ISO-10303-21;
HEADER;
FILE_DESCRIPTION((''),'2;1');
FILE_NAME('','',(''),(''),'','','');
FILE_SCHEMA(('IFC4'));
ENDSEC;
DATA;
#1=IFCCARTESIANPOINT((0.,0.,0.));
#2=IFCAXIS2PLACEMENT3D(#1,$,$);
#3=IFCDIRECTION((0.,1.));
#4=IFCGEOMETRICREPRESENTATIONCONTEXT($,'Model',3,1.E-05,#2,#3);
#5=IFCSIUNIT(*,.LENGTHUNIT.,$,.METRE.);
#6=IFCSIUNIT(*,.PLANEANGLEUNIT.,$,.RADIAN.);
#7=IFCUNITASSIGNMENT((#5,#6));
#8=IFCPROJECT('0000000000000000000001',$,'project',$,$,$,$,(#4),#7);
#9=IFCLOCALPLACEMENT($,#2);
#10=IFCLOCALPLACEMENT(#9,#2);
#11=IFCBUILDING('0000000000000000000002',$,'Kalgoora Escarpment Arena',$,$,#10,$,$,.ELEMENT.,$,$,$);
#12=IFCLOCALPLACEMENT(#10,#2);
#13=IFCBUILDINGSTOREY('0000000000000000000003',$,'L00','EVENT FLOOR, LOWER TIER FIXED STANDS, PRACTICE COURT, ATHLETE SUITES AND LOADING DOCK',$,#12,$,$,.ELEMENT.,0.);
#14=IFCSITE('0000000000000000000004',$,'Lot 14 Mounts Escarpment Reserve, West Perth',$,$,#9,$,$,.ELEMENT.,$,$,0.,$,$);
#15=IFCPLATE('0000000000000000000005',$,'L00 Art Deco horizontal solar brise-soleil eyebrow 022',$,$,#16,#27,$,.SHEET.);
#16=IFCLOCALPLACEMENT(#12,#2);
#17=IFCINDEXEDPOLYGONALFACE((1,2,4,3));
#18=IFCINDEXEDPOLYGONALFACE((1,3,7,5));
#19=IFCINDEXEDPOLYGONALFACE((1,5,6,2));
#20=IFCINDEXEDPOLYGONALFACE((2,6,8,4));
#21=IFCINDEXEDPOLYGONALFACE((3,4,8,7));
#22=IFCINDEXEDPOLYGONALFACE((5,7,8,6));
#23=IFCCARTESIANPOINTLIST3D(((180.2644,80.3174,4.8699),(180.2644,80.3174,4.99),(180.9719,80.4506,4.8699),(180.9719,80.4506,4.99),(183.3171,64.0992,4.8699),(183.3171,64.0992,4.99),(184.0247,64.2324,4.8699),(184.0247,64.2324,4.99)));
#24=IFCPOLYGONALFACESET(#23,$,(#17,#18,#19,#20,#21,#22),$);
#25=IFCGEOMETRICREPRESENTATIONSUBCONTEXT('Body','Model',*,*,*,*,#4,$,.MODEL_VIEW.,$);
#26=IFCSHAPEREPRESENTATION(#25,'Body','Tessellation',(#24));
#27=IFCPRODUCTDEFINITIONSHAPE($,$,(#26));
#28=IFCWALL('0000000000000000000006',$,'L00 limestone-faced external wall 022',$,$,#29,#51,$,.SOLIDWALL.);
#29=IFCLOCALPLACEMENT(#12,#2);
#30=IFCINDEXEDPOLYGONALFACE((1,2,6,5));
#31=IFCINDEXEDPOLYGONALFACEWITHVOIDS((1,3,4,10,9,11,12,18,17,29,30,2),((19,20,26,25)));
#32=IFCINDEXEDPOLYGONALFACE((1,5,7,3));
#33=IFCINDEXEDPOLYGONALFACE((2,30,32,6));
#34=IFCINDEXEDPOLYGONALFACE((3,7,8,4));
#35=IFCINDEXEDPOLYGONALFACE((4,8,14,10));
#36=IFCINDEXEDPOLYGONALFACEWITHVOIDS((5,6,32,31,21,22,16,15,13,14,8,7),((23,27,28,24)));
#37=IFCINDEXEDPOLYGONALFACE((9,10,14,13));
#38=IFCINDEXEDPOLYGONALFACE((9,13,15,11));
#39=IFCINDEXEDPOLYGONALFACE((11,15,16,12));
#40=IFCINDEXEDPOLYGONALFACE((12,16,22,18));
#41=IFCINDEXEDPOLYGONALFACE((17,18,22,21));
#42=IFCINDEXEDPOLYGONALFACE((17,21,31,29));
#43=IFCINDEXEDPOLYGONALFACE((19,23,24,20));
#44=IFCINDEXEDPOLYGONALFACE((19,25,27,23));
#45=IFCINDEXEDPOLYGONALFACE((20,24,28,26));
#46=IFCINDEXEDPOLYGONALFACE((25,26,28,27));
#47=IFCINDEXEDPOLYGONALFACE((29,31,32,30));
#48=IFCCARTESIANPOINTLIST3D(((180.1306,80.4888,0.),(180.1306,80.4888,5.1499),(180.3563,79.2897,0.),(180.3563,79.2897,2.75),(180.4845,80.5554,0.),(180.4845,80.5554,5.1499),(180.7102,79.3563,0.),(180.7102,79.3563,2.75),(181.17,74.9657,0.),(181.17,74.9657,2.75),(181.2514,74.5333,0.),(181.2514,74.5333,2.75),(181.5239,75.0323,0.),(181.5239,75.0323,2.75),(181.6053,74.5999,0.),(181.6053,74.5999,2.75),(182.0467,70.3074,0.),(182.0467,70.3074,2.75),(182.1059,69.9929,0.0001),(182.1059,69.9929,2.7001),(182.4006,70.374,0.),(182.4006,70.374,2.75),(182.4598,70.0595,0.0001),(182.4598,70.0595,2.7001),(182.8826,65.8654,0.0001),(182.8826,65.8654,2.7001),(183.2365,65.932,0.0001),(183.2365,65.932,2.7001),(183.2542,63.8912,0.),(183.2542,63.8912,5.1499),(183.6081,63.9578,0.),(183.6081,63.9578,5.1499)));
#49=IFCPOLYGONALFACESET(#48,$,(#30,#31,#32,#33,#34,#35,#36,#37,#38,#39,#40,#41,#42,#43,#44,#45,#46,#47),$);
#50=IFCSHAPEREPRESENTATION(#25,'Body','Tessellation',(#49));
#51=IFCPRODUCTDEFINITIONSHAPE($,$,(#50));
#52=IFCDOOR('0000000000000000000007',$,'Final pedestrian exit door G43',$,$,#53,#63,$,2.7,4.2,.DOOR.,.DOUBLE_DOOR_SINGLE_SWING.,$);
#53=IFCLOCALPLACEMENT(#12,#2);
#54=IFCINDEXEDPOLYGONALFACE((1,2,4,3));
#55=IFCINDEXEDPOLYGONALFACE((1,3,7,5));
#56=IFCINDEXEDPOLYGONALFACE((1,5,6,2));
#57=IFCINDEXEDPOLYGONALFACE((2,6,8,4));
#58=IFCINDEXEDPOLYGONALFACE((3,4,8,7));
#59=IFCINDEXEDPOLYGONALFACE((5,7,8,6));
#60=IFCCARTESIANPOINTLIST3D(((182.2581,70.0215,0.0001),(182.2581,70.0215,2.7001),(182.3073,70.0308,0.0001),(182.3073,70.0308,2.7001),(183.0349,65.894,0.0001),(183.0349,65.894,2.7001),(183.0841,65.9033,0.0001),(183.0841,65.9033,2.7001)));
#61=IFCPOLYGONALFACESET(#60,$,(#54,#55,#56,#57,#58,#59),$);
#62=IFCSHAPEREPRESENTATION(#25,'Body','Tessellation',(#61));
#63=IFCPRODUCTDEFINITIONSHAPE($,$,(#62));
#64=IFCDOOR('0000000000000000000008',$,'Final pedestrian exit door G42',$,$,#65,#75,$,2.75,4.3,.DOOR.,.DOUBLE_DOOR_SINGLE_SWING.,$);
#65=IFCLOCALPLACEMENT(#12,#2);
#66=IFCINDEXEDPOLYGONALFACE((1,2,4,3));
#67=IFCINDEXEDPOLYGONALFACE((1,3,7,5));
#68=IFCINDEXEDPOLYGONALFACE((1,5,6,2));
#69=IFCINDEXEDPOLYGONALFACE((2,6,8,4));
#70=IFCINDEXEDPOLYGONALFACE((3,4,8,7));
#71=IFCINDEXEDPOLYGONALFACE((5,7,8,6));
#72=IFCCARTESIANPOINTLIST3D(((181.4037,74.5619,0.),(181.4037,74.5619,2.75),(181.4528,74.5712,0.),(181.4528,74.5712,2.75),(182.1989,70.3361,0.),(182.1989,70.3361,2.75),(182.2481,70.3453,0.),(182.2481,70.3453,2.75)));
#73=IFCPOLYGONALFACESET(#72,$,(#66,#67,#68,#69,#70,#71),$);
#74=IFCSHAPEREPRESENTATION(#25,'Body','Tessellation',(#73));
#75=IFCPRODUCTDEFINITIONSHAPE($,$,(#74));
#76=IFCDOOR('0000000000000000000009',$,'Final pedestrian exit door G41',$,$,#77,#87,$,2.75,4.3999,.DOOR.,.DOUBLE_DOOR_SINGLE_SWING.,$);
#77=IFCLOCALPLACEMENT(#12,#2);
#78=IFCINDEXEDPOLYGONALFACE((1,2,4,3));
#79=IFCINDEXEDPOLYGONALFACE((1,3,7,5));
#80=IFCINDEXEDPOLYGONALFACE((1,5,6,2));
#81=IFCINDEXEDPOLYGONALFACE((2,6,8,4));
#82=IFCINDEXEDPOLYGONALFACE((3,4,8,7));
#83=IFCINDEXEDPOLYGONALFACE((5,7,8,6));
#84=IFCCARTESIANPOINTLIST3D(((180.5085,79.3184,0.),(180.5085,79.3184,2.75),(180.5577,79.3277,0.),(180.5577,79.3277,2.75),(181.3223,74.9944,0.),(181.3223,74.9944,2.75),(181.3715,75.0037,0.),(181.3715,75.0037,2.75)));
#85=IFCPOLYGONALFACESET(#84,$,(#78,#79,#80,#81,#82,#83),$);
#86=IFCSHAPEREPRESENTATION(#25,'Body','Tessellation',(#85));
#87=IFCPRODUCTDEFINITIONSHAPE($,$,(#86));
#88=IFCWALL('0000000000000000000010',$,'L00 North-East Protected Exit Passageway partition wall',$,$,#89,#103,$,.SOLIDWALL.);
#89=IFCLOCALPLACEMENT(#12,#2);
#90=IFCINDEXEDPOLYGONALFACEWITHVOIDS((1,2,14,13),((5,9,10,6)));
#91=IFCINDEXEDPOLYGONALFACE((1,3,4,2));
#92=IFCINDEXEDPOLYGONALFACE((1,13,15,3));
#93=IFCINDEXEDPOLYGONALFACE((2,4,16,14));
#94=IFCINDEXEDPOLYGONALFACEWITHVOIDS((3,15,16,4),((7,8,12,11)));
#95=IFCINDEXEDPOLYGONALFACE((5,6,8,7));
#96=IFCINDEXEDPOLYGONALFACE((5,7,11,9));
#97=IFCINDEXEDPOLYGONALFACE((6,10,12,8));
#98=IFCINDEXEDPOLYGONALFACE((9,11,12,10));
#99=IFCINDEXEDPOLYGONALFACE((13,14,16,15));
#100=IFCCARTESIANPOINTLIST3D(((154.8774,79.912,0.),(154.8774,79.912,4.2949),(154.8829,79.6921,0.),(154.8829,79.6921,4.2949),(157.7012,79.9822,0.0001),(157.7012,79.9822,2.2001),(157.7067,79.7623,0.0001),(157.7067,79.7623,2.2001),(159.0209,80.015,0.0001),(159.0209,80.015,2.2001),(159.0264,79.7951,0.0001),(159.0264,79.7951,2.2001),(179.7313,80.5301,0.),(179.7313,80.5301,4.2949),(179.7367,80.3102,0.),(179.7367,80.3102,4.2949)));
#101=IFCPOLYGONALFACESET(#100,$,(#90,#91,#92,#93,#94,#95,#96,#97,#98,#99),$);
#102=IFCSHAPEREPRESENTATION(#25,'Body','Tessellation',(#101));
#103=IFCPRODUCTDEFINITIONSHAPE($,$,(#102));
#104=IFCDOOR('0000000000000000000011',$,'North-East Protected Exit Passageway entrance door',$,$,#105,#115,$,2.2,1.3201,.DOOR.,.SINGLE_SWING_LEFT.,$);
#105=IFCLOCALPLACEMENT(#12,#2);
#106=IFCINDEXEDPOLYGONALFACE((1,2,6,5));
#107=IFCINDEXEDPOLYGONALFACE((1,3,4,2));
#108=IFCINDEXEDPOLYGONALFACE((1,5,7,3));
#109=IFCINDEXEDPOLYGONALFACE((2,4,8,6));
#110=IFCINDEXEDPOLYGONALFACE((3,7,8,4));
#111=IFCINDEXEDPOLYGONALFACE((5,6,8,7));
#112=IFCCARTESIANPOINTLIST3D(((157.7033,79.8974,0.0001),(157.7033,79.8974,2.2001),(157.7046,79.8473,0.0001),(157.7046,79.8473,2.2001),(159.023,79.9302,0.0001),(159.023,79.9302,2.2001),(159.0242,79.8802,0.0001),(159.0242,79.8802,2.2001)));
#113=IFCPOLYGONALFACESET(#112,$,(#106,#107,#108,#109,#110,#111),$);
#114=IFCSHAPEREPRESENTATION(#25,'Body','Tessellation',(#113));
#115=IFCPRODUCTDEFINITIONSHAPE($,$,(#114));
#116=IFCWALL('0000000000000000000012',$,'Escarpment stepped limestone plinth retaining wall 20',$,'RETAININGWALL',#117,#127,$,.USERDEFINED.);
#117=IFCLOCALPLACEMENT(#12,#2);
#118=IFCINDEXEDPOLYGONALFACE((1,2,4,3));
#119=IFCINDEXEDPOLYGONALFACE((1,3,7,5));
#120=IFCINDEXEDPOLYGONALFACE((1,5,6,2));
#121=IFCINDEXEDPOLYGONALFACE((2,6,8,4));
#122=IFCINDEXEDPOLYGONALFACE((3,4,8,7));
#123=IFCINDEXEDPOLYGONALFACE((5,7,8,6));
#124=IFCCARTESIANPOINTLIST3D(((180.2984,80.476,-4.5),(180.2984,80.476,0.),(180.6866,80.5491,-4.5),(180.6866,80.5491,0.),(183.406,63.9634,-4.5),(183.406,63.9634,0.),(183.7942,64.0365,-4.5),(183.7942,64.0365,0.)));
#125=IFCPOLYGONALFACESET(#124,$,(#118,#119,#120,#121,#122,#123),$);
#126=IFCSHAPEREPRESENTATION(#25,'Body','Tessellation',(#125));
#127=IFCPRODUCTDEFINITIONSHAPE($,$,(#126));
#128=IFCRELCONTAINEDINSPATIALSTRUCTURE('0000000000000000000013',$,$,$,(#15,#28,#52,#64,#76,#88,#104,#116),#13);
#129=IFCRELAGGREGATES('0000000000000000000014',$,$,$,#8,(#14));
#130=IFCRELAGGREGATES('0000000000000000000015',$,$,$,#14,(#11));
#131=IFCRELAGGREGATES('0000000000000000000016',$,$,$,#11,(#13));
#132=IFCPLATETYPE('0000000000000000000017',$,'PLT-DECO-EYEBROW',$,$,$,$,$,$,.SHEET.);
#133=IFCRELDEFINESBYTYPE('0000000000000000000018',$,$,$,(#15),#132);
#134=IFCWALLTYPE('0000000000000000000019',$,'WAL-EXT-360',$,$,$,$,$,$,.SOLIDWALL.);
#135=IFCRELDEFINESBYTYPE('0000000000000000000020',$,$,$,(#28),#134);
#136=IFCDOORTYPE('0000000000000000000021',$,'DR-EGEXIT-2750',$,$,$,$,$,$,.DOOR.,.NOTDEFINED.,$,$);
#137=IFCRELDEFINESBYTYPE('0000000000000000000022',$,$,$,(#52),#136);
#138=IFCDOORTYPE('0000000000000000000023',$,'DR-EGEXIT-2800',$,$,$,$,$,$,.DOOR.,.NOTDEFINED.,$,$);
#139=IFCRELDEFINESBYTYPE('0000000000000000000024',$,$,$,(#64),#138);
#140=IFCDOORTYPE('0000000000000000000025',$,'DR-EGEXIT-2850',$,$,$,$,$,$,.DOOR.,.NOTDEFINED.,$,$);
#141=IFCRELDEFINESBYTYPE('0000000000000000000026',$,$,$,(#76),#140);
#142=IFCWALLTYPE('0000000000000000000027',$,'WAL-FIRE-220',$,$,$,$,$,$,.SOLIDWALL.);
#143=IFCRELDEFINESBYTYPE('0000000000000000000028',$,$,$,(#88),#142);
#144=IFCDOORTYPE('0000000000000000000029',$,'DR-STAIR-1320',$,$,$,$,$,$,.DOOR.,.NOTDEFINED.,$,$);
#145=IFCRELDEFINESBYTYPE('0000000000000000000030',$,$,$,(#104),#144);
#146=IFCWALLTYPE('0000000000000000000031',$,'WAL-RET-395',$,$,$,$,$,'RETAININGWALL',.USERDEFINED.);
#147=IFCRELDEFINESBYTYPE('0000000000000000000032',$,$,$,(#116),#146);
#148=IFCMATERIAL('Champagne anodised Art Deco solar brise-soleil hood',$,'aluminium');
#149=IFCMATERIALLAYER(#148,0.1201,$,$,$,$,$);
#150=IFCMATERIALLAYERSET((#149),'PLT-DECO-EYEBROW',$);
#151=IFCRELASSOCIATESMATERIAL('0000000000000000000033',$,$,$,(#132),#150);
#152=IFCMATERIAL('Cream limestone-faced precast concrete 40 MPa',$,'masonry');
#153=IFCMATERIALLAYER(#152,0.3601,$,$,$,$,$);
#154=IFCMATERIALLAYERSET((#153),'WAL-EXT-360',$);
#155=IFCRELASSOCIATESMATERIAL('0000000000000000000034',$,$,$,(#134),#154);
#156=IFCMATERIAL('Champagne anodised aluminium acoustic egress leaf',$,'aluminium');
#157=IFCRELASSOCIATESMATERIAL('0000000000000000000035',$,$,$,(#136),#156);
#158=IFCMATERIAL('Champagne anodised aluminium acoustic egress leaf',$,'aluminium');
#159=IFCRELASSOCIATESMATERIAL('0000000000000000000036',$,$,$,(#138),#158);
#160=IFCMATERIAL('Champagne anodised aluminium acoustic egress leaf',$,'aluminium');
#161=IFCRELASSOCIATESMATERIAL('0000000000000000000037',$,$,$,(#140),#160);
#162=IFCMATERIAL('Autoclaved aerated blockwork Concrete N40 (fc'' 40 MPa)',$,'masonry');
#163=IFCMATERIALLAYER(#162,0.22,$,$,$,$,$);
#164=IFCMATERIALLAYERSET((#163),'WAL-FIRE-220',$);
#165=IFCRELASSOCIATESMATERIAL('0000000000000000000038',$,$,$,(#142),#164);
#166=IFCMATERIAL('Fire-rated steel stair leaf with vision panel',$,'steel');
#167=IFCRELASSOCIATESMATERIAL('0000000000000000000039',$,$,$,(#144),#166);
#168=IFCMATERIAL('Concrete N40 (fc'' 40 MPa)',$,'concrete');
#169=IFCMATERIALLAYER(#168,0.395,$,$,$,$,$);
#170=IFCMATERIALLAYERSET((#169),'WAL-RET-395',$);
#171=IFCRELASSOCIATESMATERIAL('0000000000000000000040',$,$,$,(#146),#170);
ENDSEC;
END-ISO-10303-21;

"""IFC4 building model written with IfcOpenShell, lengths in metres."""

from ifc_helpers import new_model, si_unit, direction, frame, frame_2d, origin, origin_2d, place, context, subcontext, project, spatial, rectangle, extrude, material, layer, layer_set, type_object, element, fill, save


model = new_model("IFC4")

# Units and contexts
model_context = context("Model", 3, precision=1e-05, world=origin(), true_north=direction((0.0, 1.0)))
body_context = subcontext(model_context, "Body", "Model", "MODEL_VIEW")
ifc_project = project(units=[si_unit("LENGTHUNIT", "METRE"), si_unit("PLANEANGLEUNIT", "RADIAN")], contexts=[model_context])

# Site, building, storey
site_placement = place(None, origin())
site = spatial("IfcSite", under=ifc_project, at=site_placement, Name="Lot 14 Mounts Escarpment Reserve, West Perth", CompositionType="ELEMENT", RefElevation=0.0)
building_placement = place(site_placement, origin())
building = spatial("IfcBuilding", under=site, at=building_placement, Name="Kalgoora Escarpment Arena", CompositionType="ELEMENT")
storey_placement = place(building_placement, origin())
storey = spatial("IfcBuildingStorey", under=building, at=storey_placement, Name="L00", Description="EVENT FLOOR, LOWER TIER FIXED STANDS, PRACTICE COURT, ATHLETE SUITES AND LOADING DOCK", CompositionType="ELEMENT", Elevation=0.0)

# Plate
ifc_material_1 = material(Name="Champagne anodised Art Deco solar brise-soleil hood", Category="aluminium")
ifc_layer_1 = layer(ifc_material_1, 0.1201)
ifc_layer_set_1 = layer_set([ifc_layer_1], Name="PLT-DECO-EYEBROW")
plate_type = type_object("IfcPlateType", Name="PLT-DECO-EYEBROW", PredefinedType="SHEET", material=ifc_layer_set_1)
plate_placement = place(storey_placement, frame((182.1445, 72.2749, 4.8699), z_axis=(0.0, 0.0, 1.0), x_axis=(0.184981, -0.982742, 0.0)))
element("IfcPlate", 1, at=plate_placement, inside=storey, type_object=plate_type, Name="L00 Art Deco horizontal solar brise-soleil eyebrow 022", PredefinedType="SHEET", context=body_context, shape_type="SweptSolid", body=[
    extrude(rectangle(XDim=16.5029, YDim=0.72, at=origin_2d()), origin(), (0.0, 0.0, 1.0), 0.1201),
])

# Wall, openings, doors
ifc_material_2 = material(Name="Cream limestone-faced precast concrete 40 MPa", Category="masonry")
ifc_layer_2 = layer(ifc_material_2, 0.3601)
ifc_layer_set_2 = layer_set([ifc_layer_2], Name="WAL-EXT-360")
wall_type_1 = type_object("IfcWallType", Name="WAL-EXT-360", PredefinedType="SOLIDWALL", material=ifc_layer_set_2)
wall_1_placement = place(storey_placement, frame((180.3076, 80.522, 0.0), z_axis=(0.0, 0.0, 1.0), x_axis=(0.184945, -0.982749, 0.0)))
wall_1 = element("IfcWall", 2, at=wall_1_placement, inside=storey, type_object=wall_type_1, Name="L00 limestone-faced external wall 022", PredefinedType="SOLIDWALL", context=body_context, shape_type="SweptSolid", body=[
    extrude(rectangle(XDim=16.8889, YDim=0.3601, at=frame_2d((8.4443, 0.0))), origin(), (0.0, 0.0, 1.0), 5.1499),
])
opening_1_placement = place(wall_1_placement, frame((1.22, 0.0, 0.0)))
opening_1 = element("IfcOpeningElement", 3, at=opening_1_placement, cuts=wall_1, PredefinedType="OPENING", context=body_context, shape_type="SweptSolid", body=[
    extrude(rectangle(XDim=4.3999, YDim=2.75, at=frame_2d((2.2, 1.375))), frame((0.0, 0.1899, 0.0), z_axis=(0.0, -1.0, 0.0), x_axis=(1.0, 0.0, 0.0)), (0.0, 0.0, 1.0), 0.3801),
])
opening_2_placement = place(wall_1_placement, frame((6.0601, 0.0, 0.0)))
opening_2 = element("IfcOpeningElement", 4, at=opening_2_placement, cuts=wall_1, PredefinedType="OPENING", context=body_context, shape_type="SweptSolid", body=[
    extrude(rectangle(XDim=4.3, YDim=2.75, at=frame_2d((2.1499, 1.375))), frame((0.0, 0.1899, 0.0), z_axis=(0.0, -1.0, 0.0), x_axis=(1.0, 0.0, 0.0)), (0.0, 0.0, 1.0), 0.3801),
])
opening_3_placement = place(wall_1_placement, frame((10.6799, 0.0, 0.0)))
opening_3 = element("IfcOpeningElement", 5, at=opening_3_placement, cuts=wall_1, PredefinedType="OPENING", context=body_context, shape_type="SweptSolid", body=[
    extrude(rectangle(XDim=4.2, YDim=2.7, at=frame_2d((2.1001, 1.3501))), frame((0.0, 0.1899, 0.0), z_axis=(0.0, -1.0, 0.0), x_axis=(1.0, 0.0, 0.0)), (0.0, 0.0, 1.0), 0.3801),
])
ifc_material_3 = material(Name="Champagne anodised aluminium acoustic egress leaf", Category="aluminium")
door_type_1 = type_object("IfcDoorType", Name="DR-EGEXIT-2750", OperationType="NOTDEFINED", PredefinedType="DOOR", material=ifc_material_3)
door_1_placement = place(opening_3_placement, origin())
door_1 = element("IfcDoor", 6, at=door_1_placement, inside=storey, type_object=door_type_1, Name="Final pedestrian exit door G43", OperationType="DOUBLE_DOOR_SINGLE_SWING", OverallHeight=2.7, OverallWidth=4.2, PredefinedType="DOOR", context=body_context, shape_type="SweptSolid", body=[
    extrude(rectangle(XDim=4.2, YDim=2.7, at=frame_2d((2.1001, 1.3501))), frame((0.0, 0.0249, 0.0), z_axis=(0.0, -1.0, 0.0), x_axis=(1.0, 0.0, 0.0)), (0.0, 0.0, 1.0), 0.05),
])
fill(opening_3, door_1)
ifc_material_4 = material(Name="Champagne anodised aluminium acoustic egress leaf", Category="aluminium")
door_type_2 = type_object("IfcDoorType", Name="DR-EGEXIT-2800", OperationType="NOTDEFINED", PredefinedType="DOOR", material=ifc_material_4)
door_2_placement = place(opening_2_placement, origin())
door_2 = element("IfcDoor", 7, at=door_2_placement, inside=storey, type_object=door_type_2, Name="Final pedestrian exit door G42", OperationType="DOUBLE_DOOR_SINGLE_SWING", OverallHeight=2.75, OverallWidth=4.3, PredefinedType="DOOR", context=body_context, shape_type="SweptSolid", body=[
    extrude(rectangle(XDim=4.3, YDim=2.75, at=frame_2d((2.1499, 1.375))), frame((0.0, 0.0249, 0.0), z_axis=(0.0, -1.0, 0.0), x_axis=(1.0, 0.0, 0.0)), (0.0, 0.0, 1.0), 0.05),
])
fill(opening_2, door_2)
ifc_material_5 = material(Name="Champagne anodised aluminium acoustic egress leaf", Category="aluminium")
door_type_3 = type_object("IfcDoorType", Name="DR-EGEXIT-2850", OperationType="NOTDEFINED", PredefinedType="DOOR", material=ifc_material_5)
door_3_placement = place(opening_1_placement, origin())
door_3 = element("IfcDoor", 8, at=door_3_placement, inside=storey, type_object=door_type_3, Name="Final pedestrian exit door G41", OperationType="DOUBLE_DOOR_SINGLE_SWING", OverallHeight=2.75, OverallWidth=4.3999, PredefinedType="DOOR", context=body_context, shape_type="SweptSolid", body=[
    extrude(rectangle(XDim=4.3999, YDim=2.75, at=frame_2d((2.2, 1.375))), frame((0.0, 0.0249, 0.0), z_axis=(0.0, -1.0, 0.0), x_axis=(1.0, 0.0, 0.0)), (0.0, 0.0, 1.0), 0.05),
])
fill(opening_1, door_3)

# Wall, opening, door
ifc_material_6 = material(Name="Autoclaved aerated blockwork Concrete N40 (fc' 40 MPa)", Category="masonry")
ifc_layer_3 = layer(ifc_material_6, 0.22)
ifc_layer_set_3 = layer_set([ifc_layer_3], Name="WAL-FIRE-220")
wall_type_2 = type_object("IfcWallType", Name="WAL-FIRE-220", PredefinedType="SOLIDWALL", material=ifc_layer_set_3)
wall_2_placement = place(storey_placement, frame((179.7339, 80.4202, 0.0), z_axis=(0.0, 0.0, 1.0), x_axis=(-0.999691, -0.024864, 0.0)))
wall_2 = element("IfcWall", 9, at=wall_2_placement, inside=storey, type_object=wall_type_2, Name="L00 North-East Protected Exit Passageway partition wall", PredefinedType="SOLIDWALL", context=body_context, shape_type="SweptSolid", body=[
    extrude(rectangle(XDim=24.8616, YDim=0.22, at=frame_2d((12.4307, 0.0))), origin(), (0.0, 0.0, 1.0), 4.2949),
])
opening_4_placement = place(wall_2_placement, frame((20.7166, 0.0, 0.0)))
opening_4 = element("IfcOpeningElement", 10, at=opening_4_placement, cuts=wall_2, PredefinedType="OPENING", context=body_context, shape_type="SweptSolid", body=[
    extrude(rectangle(XDim=1.3201, YDim=2.2, at=frame_2d((0.6602, 1.1001))), frame((0.0, 0.1199, 0.0), z_axis=(0.0, -1.0, 0.0), x_axis=(1.0, 0.0, 0.0)), (0.0, 0.0, 1.0), 0.24),
])
ifc_material_7 = material(Name="Fire-rated steel stair leaf with vision panel", Category="steel")
door_type_4 = type_object("IfcDoorType", Name="DR-STAIR-1320", OperationType="NOTDEFINED", PredefinedType="DOOR", material=ifc_material_7)
door_4_placement = place(opening_4_placement, origin())
door_4 = element("IfcDoor", 11, at=door_4_placement, inside=storey, type_object=door_type_4, Name="North-East Protected Exit Passageway entrance door", OperationType="SINGLE_SWING_LEFT", OverallHeight=2.2, OverallWidth=1.3201, PredefinedType="DOOR", context=body_context, shape_type="SweptSolid", body=[
    extrude(rectangle(XDim=1.3201, YDim=2.2, at=frame_2d((0.6602, 1.1001))), frame((0.0, 0.0249, 0.0), z_axis=(0.0, -1.0, 0.0), x_axis=(1.0, 0.0, 0.0)), (0.0, 0.0, 1.0), 0.05),
])
fill(opening_4, door_4)

# Wall
ifc_material_8 = material(Name="Concrete N40 (fc' 40 MPa)", Category="concrete")
ifc_layer_4 = layer(ifc_material_8, 0.395)
ifc_layer_set_4 = layer_set([ifc_layer_4], Name="WAL-RET-395")
wall_type_3 = type_object("IfcWallType", Name="WAL-RET-395", ElementType="RETAININGWALL", PredefinedType="USERDEFINED", material=ifc_layer_set_4)
wall_3_placement = place(storey_placement, frame((180.4924, 80.5127, -4.5), z_axis=(0.0, 0.0, 1.0), x_axis=(0.184952, -0.982748, 0.0)))
element("IfcWall", 12, at=wall_3_placement, inside=storey, type_object=wall_type_3, Name="Escarpment stepped limestone plinth retaining wall 20", ObjectType="RETAININGWALL", PredefinedType="USERDEFINED", context=body_context, shape_type="SweptSolid", body=[
    extrude(rectangle(XDim=16.8025, YDim=0.395, at=frame_2d((8.4014, 0.0))), origin(), (0.0, 0.0, 1.0), 4.5),
])

save(model, "model.ifc")
